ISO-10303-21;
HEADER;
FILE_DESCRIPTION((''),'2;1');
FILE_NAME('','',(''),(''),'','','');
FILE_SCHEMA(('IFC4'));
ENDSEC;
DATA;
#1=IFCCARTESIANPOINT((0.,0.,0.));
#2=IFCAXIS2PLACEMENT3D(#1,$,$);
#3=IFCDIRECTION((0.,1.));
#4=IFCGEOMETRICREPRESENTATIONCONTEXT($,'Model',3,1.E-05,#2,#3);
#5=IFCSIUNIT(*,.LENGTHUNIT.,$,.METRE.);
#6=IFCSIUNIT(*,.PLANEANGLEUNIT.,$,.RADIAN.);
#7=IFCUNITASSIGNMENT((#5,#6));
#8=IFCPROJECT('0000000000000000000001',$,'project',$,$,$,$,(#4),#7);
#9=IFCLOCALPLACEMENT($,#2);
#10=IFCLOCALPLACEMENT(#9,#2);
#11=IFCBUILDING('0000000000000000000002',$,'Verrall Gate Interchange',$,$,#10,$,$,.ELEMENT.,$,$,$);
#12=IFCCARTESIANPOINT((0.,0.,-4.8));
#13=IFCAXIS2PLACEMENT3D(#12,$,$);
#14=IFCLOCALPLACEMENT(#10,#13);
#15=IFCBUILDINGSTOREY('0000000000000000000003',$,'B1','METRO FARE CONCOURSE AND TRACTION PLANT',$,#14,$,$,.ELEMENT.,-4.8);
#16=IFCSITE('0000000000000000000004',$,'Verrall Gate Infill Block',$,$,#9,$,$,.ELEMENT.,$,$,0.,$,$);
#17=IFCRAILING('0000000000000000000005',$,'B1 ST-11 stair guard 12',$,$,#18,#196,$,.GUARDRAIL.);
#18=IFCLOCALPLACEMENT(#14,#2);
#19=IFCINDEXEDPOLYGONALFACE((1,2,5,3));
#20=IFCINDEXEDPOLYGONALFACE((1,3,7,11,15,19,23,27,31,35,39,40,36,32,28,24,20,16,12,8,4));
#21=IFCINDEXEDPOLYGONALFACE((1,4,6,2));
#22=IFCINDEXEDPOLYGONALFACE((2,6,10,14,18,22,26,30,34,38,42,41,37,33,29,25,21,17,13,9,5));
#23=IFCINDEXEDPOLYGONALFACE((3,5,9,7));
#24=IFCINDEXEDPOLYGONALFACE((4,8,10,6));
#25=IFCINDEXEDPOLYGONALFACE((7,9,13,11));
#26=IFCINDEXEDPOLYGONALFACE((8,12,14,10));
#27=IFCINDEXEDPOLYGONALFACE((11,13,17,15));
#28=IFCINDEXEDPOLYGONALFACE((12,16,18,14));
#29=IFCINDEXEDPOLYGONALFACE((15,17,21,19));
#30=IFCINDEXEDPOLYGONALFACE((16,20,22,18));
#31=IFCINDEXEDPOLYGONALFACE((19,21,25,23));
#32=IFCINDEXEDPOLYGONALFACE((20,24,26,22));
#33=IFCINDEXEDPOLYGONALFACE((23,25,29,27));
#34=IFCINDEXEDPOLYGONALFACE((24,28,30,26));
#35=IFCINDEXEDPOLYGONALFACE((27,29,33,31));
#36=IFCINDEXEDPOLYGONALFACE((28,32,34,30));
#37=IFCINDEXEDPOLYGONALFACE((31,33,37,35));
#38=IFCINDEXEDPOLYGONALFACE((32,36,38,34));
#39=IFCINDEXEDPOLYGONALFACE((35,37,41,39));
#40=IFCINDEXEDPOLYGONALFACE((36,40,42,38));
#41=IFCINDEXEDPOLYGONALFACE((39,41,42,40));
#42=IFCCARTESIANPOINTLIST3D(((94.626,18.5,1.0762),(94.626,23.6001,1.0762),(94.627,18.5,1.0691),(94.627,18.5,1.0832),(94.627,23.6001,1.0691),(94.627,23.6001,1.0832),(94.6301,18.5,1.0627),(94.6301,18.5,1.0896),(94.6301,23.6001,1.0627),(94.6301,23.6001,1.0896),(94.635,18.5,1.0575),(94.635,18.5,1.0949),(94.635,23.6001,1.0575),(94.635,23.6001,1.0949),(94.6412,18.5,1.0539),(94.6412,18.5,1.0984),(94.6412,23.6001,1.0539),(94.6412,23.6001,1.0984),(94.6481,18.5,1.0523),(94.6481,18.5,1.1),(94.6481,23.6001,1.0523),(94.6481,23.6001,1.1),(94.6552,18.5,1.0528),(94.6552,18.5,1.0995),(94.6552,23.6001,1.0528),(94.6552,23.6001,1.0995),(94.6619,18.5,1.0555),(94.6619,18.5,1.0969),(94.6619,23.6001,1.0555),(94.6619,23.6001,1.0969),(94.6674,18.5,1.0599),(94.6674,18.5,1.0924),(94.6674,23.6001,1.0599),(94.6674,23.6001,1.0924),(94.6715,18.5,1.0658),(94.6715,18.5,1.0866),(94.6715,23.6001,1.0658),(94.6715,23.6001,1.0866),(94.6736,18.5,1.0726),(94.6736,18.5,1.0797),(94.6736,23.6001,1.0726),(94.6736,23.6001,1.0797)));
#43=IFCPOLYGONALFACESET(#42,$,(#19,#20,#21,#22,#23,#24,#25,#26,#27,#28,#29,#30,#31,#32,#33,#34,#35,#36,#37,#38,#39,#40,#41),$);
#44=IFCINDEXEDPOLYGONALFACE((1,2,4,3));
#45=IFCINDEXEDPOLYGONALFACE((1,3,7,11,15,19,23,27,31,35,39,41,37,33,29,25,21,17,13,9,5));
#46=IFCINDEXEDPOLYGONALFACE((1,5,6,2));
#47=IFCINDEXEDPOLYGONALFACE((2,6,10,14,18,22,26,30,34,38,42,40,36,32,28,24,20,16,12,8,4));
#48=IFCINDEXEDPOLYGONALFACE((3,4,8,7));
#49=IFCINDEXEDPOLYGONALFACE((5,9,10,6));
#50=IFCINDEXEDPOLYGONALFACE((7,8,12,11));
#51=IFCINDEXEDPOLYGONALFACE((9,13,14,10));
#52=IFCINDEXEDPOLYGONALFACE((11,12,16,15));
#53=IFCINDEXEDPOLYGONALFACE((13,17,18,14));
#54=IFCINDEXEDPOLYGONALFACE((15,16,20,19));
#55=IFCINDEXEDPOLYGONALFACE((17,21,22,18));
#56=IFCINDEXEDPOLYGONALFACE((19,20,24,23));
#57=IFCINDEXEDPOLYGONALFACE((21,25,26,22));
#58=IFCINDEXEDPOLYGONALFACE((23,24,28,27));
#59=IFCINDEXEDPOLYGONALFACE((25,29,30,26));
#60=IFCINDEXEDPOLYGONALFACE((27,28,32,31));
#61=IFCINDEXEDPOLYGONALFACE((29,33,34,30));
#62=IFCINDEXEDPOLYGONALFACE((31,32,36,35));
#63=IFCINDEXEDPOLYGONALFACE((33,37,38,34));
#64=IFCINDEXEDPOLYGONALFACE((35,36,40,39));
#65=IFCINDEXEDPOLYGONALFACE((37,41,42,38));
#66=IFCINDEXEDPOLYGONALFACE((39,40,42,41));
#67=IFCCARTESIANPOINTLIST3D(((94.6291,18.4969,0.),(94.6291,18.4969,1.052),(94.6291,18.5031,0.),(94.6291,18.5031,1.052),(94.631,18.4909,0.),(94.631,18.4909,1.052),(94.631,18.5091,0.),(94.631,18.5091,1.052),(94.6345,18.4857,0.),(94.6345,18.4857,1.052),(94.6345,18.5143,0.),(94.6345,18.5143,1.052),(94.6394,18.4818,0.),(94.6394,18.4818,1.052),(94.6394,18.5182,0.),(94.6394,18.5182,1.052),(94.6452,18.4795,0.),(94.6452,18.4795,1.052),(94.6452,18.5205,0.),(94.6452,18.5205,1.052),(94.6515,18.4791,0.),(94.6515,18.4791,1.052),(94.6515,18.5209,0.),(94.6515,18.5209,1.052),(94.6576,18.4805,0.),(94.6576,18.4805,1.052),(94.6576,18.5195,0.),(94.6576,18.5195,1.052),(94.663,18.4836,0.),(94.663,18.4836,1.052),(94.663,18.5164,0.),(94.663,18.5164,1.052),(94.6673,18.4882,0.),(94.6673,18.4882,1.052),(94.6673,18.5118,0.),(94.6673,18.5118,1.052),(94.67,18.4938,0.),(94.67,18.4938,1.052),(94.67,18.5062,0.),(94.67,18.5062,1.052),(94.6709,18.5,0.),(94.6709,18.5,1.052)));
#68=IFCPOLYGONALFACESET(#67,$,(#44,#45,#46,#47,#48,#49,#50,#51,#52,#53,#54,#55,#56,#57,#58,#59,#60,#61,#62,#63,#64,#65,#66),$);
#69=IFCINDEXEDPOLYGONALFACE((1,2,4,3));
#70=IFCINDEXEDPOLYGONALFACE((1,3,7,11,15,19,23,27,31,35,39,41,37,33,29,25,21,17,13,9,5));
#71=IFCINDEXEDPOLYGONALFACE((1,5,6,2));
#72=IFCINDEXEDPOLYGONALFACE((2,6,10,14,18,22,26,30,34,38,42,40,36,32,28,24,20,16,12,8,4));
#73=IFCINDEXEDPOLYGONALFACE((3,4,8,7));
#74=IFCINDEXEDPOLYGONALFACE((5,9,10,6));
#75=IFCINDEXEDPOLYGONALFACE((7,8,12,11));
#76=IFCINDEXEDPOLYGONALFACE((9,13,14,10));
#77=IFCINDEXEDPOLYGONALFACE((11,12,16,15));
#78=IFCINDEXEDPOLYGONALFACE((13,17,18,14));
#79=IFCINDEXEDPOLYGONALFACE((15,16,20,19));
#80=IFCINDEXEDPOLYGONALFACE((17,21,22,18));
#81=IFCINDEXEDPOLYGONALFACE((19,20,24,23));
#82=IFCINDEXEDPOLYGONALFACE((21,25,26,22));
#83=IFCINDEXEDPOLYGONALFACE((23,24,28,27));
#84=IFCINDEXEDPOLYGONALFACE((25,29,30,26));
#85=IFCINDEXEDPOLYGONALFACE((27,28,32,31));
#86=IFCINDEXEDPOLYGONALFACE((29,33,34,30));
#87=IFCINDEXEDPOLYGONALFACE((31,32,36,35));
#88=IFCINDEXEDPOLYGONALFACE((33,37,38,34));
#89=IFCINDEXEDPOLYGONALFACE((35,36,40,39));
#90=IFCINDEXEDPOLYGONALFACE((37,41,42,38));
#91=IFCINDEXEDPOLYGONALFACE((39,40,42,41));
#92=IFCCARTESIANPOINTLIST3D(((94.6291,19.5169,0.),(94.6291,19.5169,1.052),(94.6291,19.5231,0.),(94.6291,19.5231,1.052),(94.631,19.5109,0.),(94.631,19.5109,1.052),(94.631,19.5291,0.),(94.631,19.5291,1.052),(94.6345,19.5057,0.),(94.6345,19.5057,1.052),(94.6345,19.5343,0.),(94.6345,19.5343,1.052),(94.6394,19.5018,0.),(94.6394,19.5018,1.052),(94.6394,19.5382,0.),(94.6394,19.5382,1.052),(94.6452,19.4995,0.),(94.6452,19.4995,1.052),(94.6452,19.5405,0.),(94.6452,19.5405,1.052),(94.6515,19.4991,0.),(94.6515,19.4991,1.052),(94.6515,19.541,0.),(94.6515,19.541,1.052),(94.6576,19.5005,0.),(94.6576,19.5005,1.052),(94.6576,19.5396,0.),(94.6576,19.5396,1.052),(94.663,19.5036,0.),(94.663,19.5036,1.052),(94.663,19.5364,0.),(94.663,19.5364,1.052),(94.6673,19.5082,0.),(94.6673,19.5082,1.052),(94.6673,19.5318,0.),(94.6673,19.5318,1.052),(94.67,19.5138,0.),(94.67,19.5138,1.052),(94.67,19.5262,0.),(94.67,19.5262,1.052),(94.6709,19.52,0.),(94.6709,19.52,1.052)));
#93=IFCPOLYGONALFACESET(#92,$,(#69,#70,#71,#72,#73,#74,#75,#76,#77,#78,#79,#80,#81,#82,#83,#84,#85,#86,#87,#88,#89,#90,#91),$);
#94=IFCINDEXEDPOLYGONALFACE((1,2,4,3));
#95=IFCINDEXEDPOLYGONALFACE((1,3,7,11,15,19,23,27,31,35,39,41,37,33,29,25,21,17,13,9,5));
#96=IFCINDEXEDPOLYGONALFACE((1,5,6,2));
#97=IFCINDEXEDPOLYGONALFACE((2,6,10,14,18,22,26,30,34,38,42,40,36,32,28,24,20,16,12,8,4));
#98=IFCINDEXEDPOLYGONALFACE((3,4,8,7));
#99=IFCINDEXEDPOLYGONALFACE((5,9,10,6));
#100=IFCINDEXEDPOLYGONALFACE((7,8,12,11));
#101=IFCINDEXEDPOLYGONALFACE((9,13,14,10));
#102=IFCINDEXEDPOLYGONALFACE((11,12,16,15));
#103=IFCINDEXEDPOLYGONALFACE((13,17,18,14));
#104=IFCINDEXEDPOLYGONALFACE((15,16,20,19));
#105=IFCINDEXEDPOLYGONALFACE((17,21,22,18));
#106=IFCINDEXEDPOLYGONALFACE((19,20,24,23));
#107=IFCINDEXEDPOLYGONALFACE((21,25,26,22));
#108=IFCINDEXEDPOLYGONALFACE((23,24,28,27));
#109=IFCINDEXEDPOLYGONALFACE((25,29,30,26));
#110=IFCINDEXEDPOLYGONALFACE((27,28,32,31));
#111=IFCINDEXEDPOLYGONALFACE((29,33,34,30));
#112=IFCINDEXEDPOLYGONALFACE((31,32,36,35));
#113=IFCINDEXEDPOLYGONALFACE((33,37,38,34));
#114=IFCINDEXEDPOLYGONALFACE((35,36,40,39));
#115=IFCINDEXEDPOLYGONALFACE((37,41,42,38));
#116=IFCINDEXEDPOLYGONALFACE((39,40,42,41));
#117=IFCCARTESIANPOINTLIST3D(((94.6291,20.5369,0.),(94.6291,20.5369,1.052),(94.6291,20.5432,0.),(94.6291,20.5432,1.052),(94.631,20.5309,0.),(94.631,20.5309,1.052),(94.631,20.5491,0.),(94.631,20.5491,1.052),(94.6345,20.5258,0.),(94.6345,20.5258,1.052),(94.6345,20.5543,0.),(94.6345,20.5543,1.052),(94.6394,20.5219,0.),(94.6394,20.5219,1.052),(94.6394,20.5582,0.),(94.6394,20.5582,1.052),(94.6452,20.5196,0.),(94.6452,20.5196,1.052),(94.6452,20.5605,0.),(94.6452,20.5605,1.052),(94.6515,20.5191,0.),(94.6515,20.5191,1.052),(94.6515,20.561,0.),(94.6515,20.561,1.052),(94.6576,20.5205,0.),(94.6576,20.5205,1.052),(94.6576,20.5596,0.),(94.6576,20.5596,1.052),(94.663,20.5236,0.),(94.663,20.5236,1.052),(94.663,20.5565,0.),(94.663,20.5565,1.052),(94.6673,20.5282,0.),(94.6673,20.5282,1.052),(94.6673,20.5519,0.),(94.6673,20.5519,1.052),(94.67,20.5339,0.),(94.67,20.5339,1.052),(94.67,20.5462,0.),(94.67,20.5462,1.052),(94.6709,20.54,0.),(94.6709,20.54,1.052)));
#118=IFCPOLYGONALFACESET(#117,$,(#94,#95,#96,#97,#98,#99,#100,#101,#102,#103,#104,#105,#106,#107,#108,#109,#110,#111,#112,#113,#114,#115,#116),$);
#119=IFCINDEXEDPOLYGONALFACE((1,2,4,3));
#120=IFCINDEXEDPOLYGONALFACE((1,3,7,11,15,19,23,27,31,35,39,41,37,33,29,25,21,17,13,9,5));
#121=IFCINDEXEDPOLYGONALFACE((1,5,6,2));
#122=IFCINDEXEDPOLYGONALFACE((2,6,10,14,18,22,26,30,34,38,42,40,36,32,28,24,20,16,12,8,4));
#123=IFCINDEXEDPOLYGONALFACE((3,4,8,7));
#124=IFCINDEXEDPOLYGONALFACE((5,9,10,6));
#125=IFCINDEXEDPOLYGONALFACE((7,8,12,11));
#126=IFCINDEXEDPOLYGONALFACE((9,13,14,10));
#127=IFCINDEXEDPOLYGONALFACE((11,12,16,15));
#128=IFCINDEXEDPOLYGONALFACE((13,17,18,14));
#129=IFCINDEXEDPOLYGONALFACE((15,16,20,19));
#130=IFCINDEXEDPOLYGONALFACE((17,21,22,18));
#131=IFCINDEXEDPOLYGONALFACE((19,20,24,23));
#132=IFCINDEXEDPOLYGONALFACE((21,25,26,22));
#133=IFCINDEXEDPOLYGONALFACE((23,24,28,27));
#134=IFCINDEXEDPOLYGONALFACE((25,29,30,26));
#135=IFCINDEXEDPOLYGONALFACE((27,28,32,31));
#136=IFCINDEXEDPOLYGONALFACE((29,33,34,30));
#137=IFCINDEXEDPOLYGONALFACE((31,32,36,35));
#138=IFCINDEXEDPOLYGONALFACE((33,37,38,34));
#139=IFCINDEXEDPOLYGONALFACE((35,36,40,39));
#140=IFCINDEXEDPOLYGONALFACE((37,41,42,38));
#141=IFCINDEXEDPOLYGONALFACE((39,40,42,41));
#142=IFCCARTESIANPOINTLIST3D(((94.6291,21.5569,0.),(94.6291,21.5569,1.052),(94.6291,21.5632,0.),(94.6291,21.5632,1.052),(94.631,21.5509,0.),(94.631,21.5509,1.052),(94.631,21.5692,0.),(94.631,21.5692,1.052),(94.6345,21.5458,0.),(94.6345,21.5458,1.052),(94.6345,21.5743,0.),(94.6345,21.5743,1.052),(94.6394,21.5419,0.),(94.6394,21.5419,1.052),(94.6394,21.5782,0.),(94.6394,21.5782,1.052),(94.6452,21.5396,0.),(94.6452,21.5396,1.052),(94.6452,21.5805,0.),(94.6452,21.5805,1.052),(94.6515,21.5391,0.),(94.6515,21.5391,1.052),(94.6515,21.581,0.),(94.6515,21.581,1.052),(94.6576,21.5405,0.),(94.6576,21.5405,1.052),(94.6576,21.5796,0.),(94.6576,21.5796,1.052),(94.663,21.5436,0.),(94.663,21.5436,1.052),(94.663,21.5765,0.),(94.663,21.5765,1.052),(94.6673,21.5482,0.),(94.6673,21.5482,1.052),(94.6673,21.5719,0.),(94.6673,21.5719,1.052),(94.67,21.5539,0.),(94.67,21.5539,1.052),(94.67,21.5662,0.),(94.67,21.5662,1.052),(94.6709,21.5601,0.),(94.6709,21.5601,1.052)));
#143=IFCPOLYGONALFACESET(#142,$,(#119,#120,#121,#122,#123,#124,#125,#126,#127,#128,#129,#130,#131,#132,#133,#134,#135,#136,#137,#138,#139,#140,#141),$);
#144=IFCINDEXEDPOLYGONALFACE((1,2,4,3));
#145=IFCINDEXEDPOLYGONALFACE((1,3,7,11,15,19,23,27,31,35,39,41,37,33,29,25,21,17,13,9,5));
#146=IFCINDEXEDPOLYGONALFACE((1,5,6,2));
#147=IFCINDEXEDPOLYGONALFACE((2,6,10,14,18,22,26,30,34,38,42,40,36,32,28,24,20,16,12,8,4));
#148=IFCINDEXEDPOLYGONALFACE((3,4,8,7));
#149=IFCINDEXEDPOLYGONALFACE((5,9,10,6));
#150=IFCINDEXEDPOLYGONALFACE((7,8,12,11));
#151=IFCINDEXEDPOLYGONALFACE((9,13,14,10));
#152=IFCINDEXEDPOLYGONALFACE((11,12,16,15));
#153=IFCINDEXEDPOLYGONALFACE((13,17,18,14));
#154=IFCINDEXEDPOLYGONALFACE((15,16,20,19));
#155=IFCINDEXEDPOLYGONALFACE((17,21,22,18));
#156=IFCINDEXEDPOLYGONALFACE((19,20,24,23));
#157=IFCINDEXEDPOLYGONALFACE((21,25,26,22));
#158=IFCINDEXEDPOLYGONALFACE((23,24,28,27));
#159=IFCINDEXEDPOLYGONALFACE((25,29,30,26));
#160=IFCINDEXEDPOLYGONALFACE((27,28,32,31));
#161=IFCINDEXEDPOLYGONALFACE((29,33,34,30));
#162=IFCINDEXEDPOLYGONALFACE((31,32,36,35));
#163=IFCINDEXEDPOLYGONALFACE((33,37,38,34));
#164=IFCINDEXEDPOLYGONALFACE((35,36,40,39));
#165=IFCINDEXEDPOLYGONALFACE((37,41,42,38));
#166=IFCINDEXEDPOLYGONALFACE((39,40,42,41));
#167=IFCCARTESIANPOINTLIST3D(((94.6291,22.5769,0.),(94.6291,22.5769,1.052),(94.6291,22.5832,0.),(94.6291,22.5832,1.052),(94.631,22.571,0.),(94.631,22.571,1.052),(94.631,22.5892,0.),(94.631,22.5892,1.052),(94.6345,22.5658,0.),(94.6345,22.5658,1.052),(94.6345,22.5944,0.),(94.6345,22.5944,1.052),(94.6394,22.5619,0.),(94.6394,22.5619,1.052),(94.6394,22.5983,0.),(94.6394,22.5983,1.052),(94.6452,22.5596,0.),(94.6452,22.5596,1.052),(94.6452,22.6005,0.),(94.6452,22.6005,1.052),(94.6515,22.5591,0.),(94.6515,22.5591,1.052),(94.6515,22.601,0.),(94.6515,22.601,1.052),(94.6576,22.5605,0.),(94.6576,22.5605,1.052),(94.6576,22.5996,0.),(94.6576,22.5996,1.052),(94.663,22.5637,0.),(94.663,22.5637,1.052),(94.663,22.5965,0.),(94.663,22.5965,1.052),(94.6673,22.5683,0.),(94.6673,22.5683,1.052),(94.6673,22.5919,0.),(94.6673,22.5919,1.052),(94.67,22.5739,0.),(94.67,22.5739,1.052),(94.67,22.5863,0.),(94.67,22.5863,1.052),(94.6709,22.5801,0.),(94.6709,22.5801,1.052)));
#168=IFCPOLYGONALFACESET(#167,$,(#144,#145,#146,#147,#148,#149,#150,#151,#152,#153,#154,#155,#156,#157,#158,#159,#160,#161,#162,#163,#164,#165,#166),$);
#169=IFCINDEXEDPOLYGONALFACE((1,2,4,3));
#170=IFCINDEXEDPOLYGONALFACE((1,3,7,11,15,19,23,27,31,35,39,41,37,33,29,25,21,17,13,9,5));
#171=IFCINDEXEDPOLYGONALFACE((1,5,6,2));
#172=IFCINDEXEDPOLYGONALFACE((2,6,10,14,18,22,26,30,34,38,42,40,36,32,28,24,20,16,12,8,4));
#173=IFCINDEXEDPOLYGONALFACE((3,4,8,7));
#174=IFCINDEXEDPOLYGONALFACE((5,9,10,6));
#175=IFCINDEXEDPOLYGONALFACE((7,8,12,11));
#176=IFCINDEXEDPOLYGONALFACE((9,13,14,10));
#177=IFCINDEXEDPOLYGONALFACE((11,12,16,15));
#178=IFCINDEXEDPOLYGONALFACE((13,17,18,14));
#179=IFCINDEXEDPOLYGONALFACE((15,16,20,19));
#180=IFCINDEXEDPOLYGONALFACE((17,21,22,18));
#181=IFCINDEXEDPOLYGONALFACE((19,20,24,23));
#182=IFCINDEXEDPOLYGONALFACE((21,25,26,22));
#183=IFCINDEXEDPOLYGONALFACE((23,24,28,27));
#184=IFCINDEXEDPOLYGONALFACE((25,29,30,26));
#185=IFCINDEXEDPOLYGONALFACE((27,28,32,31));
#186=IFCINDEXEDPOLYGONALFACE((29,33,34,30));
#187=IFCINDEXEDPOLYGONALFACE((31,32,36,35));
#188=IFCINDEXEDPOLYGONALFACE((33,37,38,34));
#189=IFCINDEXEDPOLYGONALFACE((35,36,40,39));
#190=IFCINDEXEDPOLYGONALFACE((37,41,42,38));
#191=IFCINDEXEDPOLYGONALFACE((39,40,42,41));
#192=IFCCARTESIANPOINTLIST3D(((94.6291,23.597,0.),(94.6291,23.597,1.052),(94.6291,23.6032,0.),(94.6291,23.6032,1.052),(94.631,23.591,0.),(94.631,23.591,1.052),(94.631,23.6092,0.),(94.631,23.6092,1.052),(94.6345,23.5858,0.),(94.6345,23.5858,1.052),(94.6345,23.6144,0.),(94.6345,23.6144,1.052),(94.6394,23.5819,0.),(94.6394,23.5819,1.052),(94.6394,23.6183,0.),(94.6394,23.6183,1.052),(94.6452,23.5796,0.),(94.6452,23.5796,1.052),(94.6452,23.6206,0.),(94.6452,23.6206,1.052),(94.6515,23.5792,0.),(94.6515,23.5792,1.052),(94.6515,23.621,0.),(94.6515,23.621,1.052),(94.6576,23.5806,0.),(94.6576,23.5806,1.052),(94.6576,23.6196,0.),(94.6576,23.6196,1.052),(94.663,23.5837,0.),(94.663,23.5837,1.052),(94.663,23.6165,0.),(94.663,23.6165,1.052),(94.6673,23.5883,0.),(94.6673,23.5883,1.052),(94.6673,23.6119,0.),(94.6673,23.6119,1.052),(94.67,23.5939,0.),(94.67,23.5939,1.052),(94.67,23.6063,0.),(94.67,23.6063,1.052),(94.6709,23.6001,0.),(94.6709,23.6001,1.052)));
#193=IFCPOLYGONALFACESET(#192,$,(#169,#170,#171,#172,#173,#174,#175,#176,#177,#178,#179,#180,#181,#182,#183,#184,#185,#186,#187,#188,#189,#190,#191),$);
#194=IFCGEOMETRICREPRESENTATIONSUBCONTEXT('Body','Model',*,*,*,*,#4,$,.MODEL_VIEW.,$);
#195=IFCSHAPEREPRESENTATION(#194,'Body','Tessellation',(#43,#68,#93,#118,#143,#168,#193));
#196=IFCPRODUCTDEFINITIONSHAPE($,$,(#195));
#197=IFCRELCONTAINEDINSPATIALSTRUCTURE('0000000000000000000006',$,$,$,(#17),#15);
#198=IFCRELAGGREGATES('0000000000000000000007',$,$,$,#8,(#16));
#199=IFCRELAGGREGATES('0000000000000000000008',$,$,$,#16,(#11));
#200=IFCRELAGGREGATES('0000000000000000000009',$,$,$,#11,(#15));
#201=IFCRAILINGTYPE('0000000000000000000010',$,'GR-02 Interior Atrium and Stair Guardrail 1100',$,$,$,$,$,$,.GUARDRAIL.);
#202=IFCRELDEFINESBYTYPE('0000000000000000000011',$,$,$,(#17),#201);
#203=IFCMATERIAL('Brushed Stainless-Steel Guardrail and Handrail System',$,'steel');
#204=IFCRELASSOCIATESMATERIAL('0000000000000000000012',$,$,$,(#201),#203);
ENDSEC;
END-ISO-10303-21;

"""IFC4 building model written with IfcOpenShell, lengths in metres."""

from ifc_helpers import new_model, si_unit, direction, frame, origin, origin_2d, place, context, subcontext, project, spatial, circle, extrude, material, type_object, element, save


model = new_model("IFC4")

# Units and contexts
model_context = context("Model", 3, precision=1e-05, world=origin(), true_north=direction((0.0, 1.0)))
body_context = subcontext(model_context, "Body", "Model", "MODEL_VIEW")
ifc_project = project(units=[si_unit("LENGTHUNIT", "METRE"), si_unit("PLANEANGLEUNIT", "RADIAN")], contexts=[model_context])

# Site, building, storey
site_placement = place(None, origin())
site = spatial("IfcSite", under=ifc_project, at=site_placement, Name="Verrall Gate Infill Block", CompositionType="ELEMENT", RefElevation=0.0)
building_placement = place(site_placement, origin())
building = spatial("IfcBuilding", under=site, at=building_placement, Name="Verrall Gate Interchange", CompositionType="ELEMENT")
storey_placement = place(building_placement, frame((0.0, 0.0, -4.8)))
storey = spatial("IfcBuildingStorey", under=building, at=storey_placement, Name="B1", Description="METRO FARE CONCOURSE AND TRACTION PLANT", CompositionType="ELEMENT", Elevation=-4.8)

# Railing
ifc_material_1 = material(Name="Brushed Stainless-Steel Guardrail and Handrail System", Category="steel")
railing_type = type_object("IfcRailingType", Name="GR-02 Interior Atrium and Stair Guardrail 1100", PredefinedType="GUARDRAIL", material=ifc_material_1)
railing_1_placement = place(storey_placement, frame((94.6499, 18.5, 0.0)))
element("IfcRailing", 1, at=railing_1_placement, inside=storey, type_object=railing_type, Name="B1 ST-11 stair guard 12", PredefinedType="GUARDRAIL", context=body_context, shape_type="SweptSolid", body=[
    extrude(circle(Radius=0.0239, at=origin_2d()), frame((0.0, 0.0, 1.0762), z_axis=(0.0, 1.0, 0.0), x_axis=(-1.0, 0.0, 0.0)), (0.0, 0.0, 1.0), 5.1001),
    extrude(circle(Radius=0.021, at=origin_2d()), origin(), (0.0, 0.0, 1.0), 1.052),
    extrude(circle(Radius=0.021, at=origin_2d()), frame((0.0, 1.02, 0.0)), (0.0, 0.0, 1.0), 1.052),
    extrude(circle(Radius=0.021, at=origin_2d()), frame((0.0, 2.04, 0.0)), (0.0, 0.0, 1.0), 1.052),
    extrude(circle(Radius=0.021, at=origin_2d()), frame((0.0, 3.0601, 0.0)), (0.0, 0.0, 1.0), 1.052),
    extrude(circle(Radius=0.021, at=origin_2d()), frame((0.0, 4.0801, 0.0)), (0.0, 0.0, 1.0), 1.052),
    extrude(circle(Radius=0.021, at=origin_2d()), frame((0.0, 5.1001, 0.0)), (0.0, 0.0, 1.0), 1.052),
])

save(model, "model.ifc")
